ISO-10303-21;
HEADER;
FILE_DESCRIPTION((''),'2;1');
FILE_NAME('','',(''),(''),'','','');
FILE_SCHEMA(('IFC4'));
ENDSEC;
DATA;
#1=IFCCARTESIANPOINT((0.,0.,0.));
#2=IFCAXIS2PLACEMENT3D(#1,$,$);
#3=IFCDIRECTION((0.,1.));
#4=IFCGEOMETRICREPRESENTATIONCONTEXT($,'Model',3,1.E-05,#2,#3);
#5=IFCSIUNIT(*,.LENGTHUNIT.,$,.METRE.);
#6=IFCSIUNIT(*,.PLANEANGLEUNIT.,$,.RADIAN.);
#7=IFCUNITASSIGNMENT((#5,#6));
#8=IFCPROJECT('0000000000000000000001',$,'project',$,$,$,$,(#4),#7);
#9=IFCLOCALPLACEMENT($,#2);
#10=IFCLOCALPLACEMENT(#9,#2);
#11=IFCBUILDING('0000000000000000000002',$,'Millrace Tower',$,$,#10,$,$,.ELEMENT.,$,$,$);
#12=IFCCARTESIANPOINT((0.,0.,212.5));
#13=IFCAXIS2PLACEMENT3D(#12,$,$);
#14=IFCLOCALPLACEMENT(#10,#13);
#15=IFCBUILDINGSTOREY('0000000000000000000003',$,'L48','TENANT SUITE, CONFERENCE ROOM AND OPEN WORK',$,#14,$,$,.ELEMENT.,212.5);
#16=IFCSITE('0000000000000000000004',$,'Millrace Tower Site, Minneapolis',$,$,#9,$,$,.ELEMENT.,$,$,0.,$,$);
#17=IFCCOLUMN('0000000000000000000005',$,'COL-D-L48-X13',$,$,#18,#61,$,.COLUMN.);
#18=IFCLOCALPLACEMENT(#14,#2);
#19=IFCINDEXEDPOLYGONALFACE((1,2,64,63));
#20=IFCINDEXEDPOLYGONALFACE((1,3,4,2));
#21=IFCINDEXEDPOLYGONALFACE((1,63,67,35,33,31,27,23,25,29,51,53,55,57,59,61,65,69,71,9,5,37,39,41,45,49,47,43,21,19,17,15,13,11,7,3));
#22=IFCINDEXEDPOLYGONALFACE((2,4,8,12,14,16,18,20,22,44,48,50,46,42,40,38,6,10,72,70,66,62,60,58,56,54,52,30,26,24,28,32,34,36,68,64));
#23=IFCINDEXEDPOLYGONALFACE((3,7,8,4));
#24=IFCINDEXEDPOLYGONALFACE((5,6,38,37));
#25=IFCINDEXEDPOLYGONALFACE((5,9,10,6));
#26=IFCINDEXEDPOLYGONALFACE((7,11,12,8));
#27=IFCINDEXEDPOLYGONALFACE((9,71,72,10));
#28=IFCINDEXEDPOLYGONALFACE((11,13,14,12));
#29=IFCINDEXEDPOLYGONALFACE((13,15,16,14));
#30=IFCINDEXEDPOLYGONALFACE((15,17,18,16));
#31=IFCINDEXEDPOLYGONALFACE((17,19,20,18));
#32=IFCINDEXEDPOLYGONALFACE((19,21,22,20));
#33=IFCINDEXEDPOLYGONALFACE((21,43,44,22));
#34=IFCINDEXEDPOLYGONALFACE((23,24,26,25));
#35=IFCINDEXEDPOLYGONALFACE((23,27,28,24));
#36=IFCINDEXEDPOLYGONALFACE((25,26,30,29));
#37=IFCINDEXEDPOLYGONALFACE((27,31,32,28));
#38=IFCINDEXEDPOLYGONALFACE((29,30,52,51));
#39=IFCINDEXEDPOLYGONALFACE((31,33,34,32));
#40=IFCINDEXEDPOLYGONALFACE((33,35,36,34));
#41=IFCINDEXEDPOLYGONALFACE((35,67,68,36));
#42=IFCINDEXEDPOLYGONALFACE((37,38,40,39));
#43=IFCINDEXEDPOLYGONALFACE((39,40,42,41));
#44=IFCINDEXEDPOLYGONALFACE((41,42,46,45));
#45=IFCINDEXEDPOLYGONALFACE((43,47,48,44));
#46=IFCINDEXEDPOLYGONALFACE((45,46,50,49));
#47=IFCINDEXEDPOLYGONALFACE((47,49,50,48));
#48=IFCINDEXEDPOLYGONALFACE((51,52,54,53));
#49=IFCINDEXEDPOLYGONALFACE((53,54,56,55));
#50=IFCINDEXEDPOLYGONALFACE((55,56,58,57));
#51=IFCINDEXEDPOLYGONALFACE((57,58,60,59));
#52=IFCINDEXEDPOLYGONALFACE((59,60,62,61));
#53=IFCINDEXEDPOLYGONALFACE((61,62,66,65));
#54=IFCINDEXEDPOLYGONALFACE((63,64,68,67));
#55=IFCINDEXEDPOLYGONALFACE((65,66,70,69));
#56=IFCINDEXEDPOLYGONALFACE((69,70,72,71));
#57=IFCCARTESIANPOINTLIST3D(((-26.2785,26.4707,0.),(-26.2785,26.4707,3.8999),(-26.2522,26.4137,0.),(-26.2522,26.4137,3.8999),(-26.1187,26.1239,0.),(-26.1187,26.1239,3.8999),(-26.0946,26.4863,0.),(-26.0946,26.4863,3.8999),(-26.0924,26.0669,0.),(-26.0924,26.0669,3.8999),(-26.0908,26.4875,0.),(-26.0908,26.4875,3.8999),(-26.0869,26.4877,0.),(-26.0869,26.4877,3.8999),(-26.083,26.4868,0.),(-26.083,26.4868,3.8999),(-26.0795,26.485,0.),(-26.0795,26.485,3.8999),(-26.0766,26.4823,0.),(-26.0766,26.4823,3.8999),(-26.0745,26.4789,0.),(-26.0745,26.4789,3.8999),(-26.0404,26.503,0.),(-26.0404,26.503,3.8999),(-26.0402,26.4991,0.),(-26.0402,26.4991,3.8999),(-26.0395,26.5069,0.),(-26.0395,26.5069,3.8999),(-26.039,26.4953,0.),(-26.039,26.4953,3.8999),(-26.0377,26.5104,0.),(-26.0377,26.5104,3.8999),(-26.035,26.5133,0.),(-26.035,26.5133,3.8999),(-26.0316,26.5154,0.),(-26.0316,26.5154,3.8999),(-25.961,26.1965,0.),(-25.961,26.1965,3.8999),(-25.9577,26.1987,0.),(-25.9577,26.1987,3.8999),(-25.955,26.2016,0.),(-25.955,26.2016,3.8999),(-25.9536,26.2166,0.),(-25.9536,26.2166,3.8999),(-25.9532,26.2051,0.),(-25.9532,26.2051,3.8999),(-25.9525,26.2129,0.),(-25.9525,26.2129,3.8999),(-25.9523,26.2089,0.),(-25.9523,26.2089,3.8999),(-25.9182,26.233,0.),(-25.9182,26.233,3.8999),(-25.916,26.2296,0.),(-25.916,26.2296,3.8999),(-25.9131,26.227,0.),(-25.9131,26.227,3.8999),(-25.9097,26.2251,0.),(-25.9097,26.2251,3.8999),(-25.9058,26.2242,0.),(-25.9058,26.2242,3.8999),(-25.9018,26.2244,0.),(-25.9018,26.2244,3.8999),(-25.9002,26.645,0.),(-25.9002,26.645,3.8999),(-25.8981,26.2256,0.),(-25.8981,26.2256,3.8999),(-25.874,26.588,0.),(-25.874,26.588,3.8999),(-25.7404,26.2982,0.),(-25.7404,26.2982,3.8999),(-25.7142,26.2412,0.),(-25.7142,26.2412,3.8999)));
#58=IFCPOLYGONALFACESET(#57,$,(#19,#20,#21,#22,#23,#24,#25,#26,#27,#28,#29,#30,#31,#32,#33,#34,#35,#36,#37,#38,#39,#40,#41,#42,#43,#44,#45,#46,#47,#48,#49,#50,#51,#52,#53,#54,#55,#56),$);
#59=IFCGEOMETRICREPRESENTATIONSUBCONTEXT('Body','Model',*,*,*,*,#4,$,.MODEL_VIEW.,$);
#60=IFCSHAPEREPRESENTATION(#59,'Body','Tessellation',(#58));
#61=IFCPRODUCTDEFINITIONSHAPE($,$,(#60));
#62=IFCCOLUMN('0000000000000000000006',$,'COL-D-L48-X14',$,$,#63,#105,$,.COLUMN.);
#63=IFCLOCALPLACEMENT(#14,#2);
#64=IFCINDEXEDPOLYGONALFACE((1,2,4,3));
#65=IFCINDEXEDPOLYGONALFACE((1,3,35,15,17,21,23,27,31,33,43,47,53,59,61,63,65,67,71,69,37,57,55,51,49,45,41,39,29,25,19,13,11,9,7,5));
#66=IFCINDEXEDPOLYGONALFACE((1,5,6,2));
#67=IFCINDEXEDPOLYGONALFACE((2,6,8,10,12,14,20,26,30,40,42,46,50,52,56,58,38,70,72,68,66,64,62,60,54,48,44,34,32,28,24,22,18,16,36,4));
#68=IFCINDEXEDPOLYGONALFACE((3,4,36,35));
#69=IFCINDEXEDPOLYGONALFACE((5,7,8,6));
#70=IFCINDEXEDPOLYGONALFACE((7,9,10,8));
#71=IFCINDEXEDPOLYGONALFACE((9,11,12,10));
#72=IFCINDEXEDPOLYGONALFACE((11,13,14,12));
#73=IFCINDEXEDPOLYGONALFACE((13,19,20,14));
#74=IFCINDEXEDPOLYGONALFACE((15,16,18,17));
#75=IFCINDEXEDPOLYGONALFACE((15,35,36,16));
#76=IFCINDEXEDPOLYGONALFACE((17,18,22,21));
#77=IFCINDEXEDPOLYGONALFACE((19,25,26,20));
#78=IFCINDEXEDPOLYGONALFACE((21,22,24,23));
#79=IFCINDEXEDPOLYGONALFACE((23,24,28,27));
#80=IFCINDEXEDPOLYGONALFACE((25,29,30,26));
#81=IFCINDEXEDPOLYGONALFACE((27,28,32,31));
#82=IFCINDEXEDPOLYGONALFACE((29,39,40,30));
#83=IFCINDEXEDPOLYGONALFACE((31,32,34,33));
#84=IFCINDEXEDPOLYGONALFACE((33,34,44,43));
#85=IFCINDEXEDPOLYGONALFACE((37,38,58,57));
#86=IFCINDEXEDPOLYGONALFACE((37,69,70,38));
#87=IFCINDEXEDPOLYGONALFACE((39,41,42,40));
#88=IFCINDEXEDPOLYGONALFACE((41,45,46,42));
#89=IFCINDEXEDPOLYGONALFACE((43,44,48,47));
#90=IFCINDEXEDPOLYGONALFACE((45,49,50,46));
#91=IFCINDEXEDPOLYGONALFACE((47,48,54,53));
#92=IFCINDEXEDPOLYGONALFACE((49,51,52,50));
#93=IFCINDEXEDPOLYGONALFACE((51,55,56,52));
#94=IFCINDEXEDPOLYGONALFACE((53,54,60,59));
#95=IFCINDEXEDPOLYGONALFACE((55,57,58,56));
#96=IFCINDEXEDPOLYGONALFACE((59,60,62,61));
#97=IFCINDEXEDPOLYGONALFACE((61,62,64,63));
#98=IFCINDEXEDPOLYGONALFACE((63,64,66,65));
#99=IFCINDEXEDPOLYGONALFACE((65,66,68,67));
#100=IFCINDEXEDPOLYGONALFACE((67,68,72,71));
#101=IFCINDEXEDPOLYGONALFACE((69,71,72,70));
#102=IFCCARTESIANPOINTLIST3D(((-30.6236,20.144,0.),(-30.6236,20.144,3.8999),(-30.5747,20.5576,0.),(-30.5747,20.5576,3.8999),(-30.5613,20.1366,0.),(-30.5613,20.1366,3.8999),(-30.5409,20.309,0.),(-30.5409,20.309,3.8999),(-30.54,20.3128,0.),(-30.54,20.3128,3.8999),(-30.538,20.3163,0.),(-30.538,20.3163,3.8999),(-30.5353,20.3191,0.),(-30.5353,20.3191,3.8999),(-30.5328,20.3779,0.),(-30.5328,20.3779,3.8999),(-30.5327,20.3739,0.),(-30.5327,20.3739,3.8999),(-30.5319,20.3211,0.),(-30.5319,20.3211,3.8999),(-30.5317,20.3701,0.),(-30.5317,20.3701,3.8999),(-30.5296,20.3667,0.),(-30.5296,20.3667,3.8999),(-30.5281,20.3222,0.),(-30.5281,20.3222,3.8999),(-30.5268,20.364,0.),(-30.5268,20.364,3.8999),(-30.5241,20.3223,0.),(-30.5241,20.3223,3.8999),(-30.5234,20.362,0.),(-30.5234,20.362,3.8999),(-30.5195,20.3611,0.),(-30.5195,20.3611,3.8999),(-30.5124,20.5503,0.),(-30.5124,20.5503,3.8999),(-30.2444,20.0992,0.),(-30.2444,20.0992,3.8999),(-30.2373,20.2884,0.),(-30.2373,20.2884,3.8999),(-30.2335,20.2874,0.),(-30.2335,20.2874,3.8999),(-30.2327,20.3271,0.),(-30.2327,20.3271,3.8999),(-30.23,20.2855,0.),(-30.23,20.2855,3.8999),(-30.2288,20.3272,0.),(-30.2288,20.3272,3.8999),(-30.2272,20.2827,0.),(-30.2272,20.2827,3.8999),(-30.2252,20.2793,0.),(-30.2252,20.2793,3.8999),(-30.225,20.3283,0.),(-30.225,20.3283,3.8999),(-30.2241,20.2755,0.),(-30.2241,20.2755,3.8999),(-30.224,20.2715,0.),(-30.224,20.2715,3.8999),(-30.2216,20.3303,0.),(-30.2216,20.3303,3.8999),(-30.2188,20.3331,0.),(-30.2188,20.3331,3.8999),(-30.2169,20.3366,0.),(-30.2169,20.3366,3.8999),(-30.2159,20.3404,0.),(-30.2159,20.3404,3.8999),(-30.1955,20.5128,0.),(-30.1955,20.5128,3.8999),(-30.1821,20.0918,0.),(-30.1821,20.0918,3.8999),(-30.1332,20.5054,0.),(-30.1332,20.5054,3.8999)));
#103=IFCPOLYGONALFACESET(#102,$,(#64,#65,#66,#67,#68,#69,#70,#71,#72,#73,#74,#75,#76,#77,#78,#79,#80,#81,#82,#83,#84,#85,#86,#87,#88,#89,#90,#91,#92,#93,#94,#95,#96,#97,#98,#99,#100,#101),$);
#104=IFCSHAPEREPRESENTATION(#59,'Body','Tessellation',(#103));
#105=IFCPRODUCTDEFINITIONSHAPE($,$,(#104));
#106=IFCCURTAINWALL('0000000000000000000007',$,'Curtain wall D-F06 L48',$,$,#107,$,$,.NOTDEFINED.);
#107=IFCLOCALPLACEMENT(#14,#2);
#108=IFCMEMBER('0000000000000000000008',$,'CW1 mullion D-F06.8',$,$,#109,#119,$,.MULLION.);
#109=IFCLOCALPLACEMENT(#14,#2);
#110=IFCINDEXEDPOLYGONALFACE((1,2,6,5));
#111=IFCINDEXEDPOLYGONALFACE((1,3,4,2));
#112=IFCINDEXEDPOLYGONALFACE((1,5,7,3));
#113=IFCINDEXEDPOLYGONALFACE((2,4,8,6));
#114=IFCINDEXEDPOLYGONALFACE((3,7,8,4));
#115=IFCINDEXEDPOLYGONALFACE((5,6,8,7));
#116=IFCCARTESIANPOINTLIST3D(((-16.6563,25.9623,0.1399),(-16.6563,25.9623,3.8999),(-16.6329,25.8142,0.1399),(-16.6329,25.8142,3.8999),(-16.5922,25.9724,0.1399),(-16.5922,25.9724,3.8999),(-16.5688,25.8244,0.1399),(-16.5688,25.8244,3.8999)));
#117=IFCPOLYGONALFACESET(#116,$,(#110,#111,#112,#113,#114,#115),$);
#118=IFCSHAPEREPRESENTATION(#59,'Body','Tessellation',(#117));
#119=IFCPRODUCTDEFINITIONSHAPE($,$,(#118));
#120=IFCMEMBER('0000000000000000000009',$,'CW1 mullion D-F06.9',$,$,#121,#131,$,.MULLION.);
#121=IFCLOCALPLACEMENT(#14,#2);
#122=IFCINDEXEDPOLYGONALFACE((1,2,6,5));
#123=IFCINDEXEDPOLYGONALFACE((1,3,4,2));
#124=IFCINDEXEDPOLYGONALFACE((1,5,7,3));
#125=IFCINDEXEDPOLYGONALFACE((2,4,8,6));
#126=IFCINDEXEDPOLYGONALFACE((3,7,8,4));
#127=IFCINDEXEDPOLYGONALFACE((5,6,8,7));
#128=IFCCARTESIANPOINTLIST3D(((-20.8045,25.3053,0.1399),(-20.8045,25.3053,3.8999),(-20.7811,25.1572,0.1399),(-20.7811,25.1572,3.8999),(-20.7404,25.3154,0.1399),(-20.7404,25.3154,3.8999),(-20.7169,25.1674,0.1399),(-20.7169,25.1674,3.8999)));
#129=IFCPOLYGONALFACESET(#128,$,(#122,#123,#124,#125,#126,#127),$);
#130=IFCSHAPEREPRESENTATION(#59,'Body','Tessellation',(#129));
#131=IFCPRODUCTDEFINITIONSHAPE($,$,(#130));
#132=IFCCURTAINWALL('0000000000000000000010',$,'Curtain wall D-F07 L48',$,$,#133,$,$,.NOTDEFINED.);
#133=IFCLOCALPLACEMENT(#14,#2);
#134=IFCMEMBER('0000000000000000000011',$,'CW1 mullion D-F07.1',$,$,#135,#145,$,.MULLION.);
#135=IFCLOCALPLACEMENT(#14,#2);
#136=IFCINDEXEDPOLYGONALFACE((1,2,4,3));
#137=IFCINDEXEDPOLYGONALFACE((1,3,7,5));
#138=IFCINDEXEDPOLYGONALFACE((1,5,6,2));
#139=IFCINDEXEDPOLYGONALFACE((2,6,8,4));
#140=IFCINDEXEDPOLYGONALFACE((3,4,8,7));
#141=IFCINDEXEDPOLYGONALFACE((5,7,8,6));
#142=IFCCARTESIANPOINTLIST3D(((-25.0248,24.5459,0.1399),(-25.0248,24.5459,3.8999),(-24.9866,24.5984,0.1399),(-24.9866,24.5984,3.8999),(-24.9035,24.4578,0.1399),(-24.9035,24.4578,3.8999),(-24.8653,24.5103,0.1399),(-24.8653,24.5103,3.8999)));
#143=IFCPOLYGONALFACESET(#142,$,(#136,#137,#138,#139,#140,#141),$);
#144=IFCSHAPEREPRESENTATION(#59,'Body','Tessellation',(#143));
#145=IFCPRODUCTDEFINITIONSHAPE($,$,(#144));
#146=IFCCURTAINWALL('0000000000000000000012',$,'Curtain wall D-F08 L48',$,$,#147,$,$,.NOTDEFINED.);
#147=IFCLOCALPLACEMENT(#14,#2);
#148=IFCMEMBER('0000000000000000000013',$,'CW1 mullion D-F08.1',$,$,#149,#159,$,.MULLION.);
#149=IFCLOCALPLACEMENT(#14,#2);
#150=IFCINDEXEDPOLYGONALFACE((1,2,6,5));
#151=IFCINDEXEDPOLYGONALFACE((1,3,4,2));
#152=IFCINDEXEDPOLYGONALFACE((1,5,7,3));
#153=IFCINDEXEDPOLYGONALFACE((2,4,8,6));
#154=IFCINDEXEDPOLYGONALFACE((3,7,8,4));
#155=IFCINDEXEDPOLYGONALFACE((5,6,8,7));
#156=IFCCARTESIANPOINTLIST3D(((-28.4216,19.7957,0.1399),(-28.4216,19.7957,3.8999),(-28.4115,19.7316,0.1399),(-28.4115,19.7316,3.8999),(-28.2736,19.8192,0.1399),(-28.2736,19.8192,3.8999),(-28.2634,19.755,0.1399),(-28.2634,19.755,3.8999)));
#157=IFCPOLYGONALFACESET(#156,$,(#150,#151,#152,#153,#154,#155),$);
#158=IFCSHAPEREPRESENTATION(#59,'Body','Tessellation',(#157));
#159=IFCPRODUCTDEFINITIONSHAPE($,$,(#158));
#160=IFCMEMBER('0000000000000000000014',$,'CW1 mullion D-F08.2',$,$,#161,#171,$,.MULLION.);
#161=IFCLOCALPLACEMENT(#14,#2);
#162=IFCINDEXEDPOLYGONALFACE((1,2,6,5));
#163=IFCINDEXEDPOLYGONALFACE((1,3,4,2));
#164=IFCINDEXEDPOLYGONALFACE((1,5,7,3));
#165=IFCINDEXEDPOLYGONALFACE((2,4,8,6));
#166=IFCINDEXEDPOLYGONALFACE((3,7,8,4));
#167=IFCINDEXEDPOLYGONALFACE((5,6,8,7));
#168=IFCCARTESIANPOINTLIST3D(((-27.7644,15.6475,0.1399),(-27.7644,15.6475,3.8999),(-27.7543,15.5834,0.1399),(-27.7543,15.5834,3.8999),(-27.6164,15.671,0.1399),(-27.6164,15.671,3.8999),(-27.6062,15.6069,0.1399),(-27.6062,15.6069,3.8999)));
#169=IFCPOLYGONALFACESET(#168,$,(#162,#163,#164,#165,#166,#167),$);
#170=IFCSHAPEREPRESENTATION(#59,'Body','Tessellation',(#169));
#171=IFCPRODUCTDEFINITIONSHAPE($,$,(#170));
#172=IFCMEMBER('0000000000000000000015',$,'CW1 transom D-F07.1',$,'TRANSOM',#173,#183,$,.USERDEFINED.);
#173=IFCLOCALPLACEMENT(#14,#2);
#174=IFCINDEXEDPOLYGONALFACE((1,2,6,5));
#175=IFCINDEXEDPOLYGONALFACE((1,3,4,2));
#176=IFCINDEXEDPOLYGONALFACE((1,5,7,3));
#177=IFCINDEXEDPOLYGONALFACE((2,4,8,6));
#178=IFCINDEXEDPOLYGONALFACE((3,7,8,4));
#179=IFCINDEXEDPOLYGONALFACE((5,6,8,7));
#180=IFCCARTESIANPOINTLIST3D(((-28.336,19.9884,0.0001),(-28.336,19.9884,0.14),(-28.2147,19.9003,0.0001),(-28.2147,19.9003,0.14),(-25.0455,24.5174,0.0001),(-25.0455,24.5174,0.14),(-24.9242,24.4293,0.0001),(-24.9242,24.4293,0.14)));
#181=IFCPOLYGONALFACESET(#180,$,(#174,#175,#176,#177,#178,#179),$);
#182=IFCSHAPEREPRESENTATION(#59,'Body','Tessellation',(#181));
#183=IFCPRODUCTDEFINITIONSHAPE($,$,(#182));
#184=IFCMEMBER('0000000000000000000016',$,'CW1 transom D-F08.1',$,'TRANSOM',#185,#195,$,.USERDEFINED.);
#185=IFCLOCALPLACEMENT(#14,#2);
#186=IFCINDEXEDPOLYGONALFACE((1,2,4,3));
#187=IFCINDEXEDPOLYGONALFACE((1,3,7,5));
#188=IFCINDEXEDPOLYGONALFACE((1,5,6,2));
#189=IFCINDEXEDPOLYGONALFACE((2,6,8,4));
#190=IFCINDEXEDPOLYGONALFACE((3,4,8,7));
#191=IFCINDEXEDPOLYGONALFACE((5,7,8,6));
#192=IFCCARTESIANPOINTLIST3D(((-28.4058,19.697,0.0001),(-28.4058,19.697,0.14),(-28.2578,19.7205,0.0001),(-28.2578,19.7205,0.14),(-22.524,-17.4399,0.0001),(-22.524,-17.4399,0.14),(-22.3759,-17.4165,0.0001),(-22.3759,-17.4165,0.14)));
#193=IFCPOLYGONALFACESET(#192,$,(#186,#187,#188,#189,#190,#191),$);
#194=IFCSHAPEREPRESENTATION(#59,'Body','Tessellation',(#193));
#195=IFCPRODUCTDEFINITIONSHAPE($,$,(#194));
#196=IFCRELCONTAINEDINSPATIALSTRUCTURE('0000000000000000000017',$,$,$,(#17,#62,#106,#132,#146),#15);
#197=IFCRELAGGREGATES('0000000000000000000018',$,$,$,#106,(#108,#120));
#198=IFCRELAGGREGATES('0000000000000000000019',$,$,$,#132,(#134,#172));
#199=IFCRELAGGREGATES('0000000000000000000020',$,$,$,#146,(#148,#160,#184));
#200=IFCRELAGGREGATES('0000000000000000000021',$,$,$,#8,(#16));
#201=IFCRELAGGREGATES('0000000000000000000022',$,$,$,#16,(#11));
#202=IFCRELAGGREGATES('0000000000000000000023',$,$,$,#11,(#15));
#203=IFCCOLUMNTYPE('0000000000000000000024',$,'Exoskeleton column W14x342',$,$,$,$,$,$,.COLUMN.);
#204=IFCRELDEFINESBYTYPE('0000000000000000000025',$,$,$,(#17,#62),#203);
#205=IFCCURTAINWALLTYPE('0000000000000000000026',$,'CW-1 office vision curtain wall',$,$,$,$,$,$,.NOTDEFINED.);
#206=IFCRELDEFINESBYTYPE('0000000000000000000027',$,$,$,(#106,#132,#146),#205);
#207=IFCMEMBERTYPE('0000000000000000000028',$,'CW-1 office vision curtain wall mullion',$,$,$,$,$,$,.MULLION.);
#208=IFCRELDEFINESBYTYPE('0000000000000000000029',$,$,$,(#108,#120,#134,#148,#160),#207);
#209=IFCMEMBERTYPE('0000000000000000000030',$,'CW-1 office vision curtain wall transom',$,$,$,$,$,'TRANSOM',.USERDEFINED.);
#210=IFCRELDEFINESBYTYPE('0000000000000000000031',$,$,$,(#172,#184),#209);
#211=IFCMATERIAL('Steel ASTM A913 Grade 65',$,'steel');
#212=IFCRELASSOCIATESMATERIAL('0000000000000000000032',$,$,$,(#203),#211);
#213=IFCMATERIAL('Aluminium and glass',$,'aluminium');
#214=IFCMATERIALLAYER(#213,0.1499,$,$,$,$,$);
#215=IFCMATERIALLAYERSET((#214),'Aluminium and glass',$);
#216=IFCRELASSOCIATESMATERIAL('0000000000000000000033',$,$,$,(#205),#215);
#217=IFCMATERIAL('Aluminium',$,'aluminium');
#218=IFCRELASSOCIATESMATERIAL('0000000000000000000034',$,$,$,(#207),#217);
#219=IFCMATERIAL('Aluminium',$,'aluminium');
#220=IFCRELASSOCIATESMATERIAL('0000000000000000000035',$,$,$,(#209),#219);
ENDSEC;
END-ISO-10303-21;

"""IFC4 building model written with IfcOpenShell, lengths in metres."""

from ifc_helpers import new_model, si_unit, direction, frame, origin, origin_2d, place, context, subcontext, project, spatial, rectangle, i_section, extrude, material, layer, layer_set, material_profile, profile_set, type_object, element, aggregate, save


model = new_model("IFC4")

# Units and contexts
model_context = context("Model", 3, precision=1e-05, world=origin(), true_north=direction((0.0, 1.0)))
body_context = subcontext(model_context, "Body", "Model", "MODEL_VIEW")
ifc_project = project(units=[si_unit("LENGTHUNIT", "METRE"), si_unit("PLANEANGLEUNIT", "RADIAN")], contexts=[model_context])

# Site, building, storey
site_placement = place(None, origin())
site = spatial("IfcSite", under=ifc_project, at=site_placement, Name="Millrace Tower Site, Minneapolis", CompositionType="ELEMENT", RefElevation=0.0)
building_placement = place(site_placement, origin())
building = spatial("IfcBuilding", under=site, at=building_placement, Name="Millrace Tower", CompositionType="ELEMENT")
storey_placement = place(building_placement, frame((0.0, 0.0, 212.5)))
storey = spatial("IfcBuildingStorey", under=building, at=storey_placement, Name="L48", Description="TENANT SUITE, CONFERENCE ROOM AND OPEN WORK", CompositionType="ELEMENT", Elevation=212.5)

# Columns
ifc_material_1 = material(Name="Steel ASTM A913 Grade 65", Category="steel")
ifc_material_profile_1 = material_profile(ifc_material_1, i_section(OverallWidth=0.4165, OverallDepth=0.4446, WebThickness=0.0391, FlangeThickness=0.0627, FilletRadius=0.0151, at=origin_2d()))
ifc_profile_set_1 = profile_set([ifc_material_profile_1], Name="Steel ASTM A913 Grade 65")
column_type = type_object("IfcColumnType", Name="Exoskeleton column W14x342", PredefinedType="COLUMN", material=ifc_profile_set_1)
for number, where, z_axis, x_axis, name in (
    (1, (-25.9963, 26.356, 0.0), (0.0, 0.0, 1.0), (-0.908192, -0.418553, 0.0), "COL-D-L48-X13"),
    (2, (-30.3784, 20.3247, 0.0), (0.0, 0.0, 1.0), (-0.117421, -0.993082, 0.0), "COL-D-L48-X14"),
):
    element("IfcColumn", number, at=place(storey_placement, frame(where, z_axis=z_axis, x_axis=x_axis)), inside=storey, type_object=column_type, Name=name, PredefinedType="COLUMN", context=body_context, shape_type="SweptSolid", body=[
        extrude(i_section(OverallWidth=0.4165, OverallDepth=0.4446, WebThickness=0.0391, FlangeThickness=0.0627, FilletRadius=0.0151, at=origin_2d()), origin(), (0.0, 0.0, 1.0), 3.8999),
    ])

# Curtain wall, members
ifc_material_2 = material(Name="Aluminium and glass", Category="aluminium")
ifc_layer_1 = layer(ifc_material_2, 0.1499)
ifc_layer_set_1 = layer_set([ifc_layer_1], Name="Aluminium and glass")
curtain_wall_type = type_object("IfcCurtainWallType", Name="CW-1 office vision curtain wall", PredefinedType="NOTDEFINED", material=ifc_layer_set_1)
placement = place(storey_placement, origin())
curtain_wall_1 = element("IfcCurtainWall", 3, at=placement, inside=storey, type_object=curtain_wall_type, Name="Curtain wall D-F06 L48", PredefinedType="NOTDEFINED")
ifc_material_3 = material(Name="Aluminium", Category="aluminium")
ifc_material_profile_2 = material_profile(ifc_material_3, rectangle(XDim=0.0649, YDim=0.1499, at=origin_2d()))
ifc_profile_set_2 = profile_set([ifc_material_profile_2], Name="Aluminium")
member_type_1 = type_object("IfcMemberType", Name="CW-1 office vision curtain wall mullion", PredefinedType="MULLION", material=ifc_profile_set_2)
member_1_placement = place(storey_placement, frame((-16.6125, 25.8933, 0.1399), z_axis=(0.0, 0.0, 1.0), x_axis=(-0.987688, -0.156434, 0.0)))
member_1 = element("IfcMember", 4, at=member_1_placement, type_object=member_type_1, Name="CW1 mullion D-F06.8", PredefinedType="MULLION", context=body_context, shape_type="SweptSolid", body=[
    extrude(rectangle(XDim=0.0649, YDim=0.1499, at=origin_2d()), origin(), (0.0, 0.0, 1.0), 3.76),
])
member_2_placement = place(storey_placement, frame((-20.7607, 25.2363, 0.1399), z_axis=(0.0, 0.0, 1.0), x_axis=(-0.987688, -0.156434, 0.0)))
member_2 = element("IfcMember", 5, at=member_2_placement, type_object=member_type_1, Name="CW1 mullion D-F06.9", PredefinedType="MULLION", context=body_context, shape_type="SweptSolid", body=[
    extrude(rectangle(XDim=0.0649, YDim=0.1499, at=origin_2d()), origin(), (0.0, 0.0, 1.0), 3.76),
])
aggregate(curtain_wall_1, [member_1, member_2])

# Curtain wall, member
curtain_wall_2 = element("IfcCurtainWall", 6, at=placement, inside=storey, type_object=curtain_wall_type, Name="Curtain wall D-F07 L48", PredefinedType="NOTDEFINED")
member_3_placement = place(storey_placement, frame((-24.9451, 24.5281, 0.1399), z_axis=(0.0, 0.0, 1.0), x_axis=(-0.587785, -0.809017, 0.0)))
member_3 = element("IfcMember", 7, at=member_3_placement, type_object=member_type_1, Name="CW1 mullion D-F07.1", PredefinedType="MULLION", context=body_context, shape_type="SweptSolid", body=[
    extrude(rectangle(XDim=0.0649, YDim=0.1499, at=origin_2d()), origin(), (0.0, 0.0, 1.0), 3.76),
])

# Curtain wall, members
curtain_wall_3 = element("IfcCurtainWall", 8, at=placement, inside=storey, type_object=curtain_wall_type, Name="Curtain wall D-F08 L48", PredefinedType="NOTDEFINED")
member_4_placement = place(storey_placement, frame((-28.3425, 19.7754, 0.1399), z_axis=(0.0, 0.0, 1.0), x_axis=(0.156434, -0.987688, 0.0)))
member_4 = element("IfcMember", 9, at=member_4_placement, type_object=member_type_1, Name="CW1 mullion D-F08.1", PredefinedType="MULLION", context=body_context, shape_type="SweptSolid", body=[
    extrude(rectangle(XDim=0.0649, YDim=0.1499, at=origin_2d()), origin(), (0.0, 0.0, 1.0), 3.76),
])
member_5_placement = place(storey_placement, frame((-27.6853, 15.6272, 0.1399), z_axis=(0.0, 0.0, 1.0), x_axis=(0.156434, -0.987688, 0.0)))
member_5 = element("IfcMember", 10, at=member_5_placement, type_object=member_type_1, Name="CW1 mullion D-F08.2", PredefinedType="MULLION", context=body_context, shape_type="SweptSolid", body=[
    extrude(rectangle(XDim=0.0649, YDim=0.1499, at=origin_2d()), origin(), (0.0, 0.0, 1.0), 3.76),
])

# Members
ifc_material_4 = material(Name="Aluminium", Category="aluminium")
ifc_material_profile_3 = material_profile(ifc_material_4, rectangle(XDim=0.1499, YDim=0.1399, at=origin_2d()))
ifc_profile_set_3 = profile_set([ifc_material_profile_3], Name="Aluminium")
member_type_2 = type_object("IfcMemberType", Name="CW-1 office vision curtain wall transom", ElementType="TRANSOM", PredefinedType="USERDEFINED", material=ifc_profile_set_3)
member_6_placement = place(storey_placement, frame((-24.9849, 24.4734, 0.0701), z_axis=(-0.587783, -0.809019, 0.0), x_axis=(0.809019, -0.587783, 0.0)))
member_6 = element("IfcMember", 11, at=member_6_placement, type_object=member_type_2, Name="CW1 transom D-F07.1", ObjectType="TRANSOM", PredefinedType="USERDEFINED", context=body_context, shape_type="SweptSolid", body=[
    extrude(rectangle(XDim=0.1499, YDim=0.1399, at=origin_2d()), origin(), (0.0, 0.0, 1.0), 5.5981),
])
aggregate(curtain_wall_2, [member_3, member_6])
member_7_placement = place(storey_placement, frame((-28.3318, 19.7087, 0.0701), z_axis=(0.156432, -0.987689, 0.0), x_axis=(0.987689, 0.156432, 0.0)))
member_7 = element("IfcMember", 12, at=member_7_placement, type_object=member_type_2, Name="CW1 transom D-F08.1", ObjectType="TRANSOM", PredefinedType="USERDEFINED", context=body_context, shape_type="SweptSolid", body=[
    extrude(rectangle(XDim=0.1499, YDim=0.1399, at=origin_2d()), origin(), (0.0, 0.0, 1.0), 37.5999),
])
aggregate(curtain_wall_3, [member_4, member_5, member_7])

save(model, "model.ifc")
